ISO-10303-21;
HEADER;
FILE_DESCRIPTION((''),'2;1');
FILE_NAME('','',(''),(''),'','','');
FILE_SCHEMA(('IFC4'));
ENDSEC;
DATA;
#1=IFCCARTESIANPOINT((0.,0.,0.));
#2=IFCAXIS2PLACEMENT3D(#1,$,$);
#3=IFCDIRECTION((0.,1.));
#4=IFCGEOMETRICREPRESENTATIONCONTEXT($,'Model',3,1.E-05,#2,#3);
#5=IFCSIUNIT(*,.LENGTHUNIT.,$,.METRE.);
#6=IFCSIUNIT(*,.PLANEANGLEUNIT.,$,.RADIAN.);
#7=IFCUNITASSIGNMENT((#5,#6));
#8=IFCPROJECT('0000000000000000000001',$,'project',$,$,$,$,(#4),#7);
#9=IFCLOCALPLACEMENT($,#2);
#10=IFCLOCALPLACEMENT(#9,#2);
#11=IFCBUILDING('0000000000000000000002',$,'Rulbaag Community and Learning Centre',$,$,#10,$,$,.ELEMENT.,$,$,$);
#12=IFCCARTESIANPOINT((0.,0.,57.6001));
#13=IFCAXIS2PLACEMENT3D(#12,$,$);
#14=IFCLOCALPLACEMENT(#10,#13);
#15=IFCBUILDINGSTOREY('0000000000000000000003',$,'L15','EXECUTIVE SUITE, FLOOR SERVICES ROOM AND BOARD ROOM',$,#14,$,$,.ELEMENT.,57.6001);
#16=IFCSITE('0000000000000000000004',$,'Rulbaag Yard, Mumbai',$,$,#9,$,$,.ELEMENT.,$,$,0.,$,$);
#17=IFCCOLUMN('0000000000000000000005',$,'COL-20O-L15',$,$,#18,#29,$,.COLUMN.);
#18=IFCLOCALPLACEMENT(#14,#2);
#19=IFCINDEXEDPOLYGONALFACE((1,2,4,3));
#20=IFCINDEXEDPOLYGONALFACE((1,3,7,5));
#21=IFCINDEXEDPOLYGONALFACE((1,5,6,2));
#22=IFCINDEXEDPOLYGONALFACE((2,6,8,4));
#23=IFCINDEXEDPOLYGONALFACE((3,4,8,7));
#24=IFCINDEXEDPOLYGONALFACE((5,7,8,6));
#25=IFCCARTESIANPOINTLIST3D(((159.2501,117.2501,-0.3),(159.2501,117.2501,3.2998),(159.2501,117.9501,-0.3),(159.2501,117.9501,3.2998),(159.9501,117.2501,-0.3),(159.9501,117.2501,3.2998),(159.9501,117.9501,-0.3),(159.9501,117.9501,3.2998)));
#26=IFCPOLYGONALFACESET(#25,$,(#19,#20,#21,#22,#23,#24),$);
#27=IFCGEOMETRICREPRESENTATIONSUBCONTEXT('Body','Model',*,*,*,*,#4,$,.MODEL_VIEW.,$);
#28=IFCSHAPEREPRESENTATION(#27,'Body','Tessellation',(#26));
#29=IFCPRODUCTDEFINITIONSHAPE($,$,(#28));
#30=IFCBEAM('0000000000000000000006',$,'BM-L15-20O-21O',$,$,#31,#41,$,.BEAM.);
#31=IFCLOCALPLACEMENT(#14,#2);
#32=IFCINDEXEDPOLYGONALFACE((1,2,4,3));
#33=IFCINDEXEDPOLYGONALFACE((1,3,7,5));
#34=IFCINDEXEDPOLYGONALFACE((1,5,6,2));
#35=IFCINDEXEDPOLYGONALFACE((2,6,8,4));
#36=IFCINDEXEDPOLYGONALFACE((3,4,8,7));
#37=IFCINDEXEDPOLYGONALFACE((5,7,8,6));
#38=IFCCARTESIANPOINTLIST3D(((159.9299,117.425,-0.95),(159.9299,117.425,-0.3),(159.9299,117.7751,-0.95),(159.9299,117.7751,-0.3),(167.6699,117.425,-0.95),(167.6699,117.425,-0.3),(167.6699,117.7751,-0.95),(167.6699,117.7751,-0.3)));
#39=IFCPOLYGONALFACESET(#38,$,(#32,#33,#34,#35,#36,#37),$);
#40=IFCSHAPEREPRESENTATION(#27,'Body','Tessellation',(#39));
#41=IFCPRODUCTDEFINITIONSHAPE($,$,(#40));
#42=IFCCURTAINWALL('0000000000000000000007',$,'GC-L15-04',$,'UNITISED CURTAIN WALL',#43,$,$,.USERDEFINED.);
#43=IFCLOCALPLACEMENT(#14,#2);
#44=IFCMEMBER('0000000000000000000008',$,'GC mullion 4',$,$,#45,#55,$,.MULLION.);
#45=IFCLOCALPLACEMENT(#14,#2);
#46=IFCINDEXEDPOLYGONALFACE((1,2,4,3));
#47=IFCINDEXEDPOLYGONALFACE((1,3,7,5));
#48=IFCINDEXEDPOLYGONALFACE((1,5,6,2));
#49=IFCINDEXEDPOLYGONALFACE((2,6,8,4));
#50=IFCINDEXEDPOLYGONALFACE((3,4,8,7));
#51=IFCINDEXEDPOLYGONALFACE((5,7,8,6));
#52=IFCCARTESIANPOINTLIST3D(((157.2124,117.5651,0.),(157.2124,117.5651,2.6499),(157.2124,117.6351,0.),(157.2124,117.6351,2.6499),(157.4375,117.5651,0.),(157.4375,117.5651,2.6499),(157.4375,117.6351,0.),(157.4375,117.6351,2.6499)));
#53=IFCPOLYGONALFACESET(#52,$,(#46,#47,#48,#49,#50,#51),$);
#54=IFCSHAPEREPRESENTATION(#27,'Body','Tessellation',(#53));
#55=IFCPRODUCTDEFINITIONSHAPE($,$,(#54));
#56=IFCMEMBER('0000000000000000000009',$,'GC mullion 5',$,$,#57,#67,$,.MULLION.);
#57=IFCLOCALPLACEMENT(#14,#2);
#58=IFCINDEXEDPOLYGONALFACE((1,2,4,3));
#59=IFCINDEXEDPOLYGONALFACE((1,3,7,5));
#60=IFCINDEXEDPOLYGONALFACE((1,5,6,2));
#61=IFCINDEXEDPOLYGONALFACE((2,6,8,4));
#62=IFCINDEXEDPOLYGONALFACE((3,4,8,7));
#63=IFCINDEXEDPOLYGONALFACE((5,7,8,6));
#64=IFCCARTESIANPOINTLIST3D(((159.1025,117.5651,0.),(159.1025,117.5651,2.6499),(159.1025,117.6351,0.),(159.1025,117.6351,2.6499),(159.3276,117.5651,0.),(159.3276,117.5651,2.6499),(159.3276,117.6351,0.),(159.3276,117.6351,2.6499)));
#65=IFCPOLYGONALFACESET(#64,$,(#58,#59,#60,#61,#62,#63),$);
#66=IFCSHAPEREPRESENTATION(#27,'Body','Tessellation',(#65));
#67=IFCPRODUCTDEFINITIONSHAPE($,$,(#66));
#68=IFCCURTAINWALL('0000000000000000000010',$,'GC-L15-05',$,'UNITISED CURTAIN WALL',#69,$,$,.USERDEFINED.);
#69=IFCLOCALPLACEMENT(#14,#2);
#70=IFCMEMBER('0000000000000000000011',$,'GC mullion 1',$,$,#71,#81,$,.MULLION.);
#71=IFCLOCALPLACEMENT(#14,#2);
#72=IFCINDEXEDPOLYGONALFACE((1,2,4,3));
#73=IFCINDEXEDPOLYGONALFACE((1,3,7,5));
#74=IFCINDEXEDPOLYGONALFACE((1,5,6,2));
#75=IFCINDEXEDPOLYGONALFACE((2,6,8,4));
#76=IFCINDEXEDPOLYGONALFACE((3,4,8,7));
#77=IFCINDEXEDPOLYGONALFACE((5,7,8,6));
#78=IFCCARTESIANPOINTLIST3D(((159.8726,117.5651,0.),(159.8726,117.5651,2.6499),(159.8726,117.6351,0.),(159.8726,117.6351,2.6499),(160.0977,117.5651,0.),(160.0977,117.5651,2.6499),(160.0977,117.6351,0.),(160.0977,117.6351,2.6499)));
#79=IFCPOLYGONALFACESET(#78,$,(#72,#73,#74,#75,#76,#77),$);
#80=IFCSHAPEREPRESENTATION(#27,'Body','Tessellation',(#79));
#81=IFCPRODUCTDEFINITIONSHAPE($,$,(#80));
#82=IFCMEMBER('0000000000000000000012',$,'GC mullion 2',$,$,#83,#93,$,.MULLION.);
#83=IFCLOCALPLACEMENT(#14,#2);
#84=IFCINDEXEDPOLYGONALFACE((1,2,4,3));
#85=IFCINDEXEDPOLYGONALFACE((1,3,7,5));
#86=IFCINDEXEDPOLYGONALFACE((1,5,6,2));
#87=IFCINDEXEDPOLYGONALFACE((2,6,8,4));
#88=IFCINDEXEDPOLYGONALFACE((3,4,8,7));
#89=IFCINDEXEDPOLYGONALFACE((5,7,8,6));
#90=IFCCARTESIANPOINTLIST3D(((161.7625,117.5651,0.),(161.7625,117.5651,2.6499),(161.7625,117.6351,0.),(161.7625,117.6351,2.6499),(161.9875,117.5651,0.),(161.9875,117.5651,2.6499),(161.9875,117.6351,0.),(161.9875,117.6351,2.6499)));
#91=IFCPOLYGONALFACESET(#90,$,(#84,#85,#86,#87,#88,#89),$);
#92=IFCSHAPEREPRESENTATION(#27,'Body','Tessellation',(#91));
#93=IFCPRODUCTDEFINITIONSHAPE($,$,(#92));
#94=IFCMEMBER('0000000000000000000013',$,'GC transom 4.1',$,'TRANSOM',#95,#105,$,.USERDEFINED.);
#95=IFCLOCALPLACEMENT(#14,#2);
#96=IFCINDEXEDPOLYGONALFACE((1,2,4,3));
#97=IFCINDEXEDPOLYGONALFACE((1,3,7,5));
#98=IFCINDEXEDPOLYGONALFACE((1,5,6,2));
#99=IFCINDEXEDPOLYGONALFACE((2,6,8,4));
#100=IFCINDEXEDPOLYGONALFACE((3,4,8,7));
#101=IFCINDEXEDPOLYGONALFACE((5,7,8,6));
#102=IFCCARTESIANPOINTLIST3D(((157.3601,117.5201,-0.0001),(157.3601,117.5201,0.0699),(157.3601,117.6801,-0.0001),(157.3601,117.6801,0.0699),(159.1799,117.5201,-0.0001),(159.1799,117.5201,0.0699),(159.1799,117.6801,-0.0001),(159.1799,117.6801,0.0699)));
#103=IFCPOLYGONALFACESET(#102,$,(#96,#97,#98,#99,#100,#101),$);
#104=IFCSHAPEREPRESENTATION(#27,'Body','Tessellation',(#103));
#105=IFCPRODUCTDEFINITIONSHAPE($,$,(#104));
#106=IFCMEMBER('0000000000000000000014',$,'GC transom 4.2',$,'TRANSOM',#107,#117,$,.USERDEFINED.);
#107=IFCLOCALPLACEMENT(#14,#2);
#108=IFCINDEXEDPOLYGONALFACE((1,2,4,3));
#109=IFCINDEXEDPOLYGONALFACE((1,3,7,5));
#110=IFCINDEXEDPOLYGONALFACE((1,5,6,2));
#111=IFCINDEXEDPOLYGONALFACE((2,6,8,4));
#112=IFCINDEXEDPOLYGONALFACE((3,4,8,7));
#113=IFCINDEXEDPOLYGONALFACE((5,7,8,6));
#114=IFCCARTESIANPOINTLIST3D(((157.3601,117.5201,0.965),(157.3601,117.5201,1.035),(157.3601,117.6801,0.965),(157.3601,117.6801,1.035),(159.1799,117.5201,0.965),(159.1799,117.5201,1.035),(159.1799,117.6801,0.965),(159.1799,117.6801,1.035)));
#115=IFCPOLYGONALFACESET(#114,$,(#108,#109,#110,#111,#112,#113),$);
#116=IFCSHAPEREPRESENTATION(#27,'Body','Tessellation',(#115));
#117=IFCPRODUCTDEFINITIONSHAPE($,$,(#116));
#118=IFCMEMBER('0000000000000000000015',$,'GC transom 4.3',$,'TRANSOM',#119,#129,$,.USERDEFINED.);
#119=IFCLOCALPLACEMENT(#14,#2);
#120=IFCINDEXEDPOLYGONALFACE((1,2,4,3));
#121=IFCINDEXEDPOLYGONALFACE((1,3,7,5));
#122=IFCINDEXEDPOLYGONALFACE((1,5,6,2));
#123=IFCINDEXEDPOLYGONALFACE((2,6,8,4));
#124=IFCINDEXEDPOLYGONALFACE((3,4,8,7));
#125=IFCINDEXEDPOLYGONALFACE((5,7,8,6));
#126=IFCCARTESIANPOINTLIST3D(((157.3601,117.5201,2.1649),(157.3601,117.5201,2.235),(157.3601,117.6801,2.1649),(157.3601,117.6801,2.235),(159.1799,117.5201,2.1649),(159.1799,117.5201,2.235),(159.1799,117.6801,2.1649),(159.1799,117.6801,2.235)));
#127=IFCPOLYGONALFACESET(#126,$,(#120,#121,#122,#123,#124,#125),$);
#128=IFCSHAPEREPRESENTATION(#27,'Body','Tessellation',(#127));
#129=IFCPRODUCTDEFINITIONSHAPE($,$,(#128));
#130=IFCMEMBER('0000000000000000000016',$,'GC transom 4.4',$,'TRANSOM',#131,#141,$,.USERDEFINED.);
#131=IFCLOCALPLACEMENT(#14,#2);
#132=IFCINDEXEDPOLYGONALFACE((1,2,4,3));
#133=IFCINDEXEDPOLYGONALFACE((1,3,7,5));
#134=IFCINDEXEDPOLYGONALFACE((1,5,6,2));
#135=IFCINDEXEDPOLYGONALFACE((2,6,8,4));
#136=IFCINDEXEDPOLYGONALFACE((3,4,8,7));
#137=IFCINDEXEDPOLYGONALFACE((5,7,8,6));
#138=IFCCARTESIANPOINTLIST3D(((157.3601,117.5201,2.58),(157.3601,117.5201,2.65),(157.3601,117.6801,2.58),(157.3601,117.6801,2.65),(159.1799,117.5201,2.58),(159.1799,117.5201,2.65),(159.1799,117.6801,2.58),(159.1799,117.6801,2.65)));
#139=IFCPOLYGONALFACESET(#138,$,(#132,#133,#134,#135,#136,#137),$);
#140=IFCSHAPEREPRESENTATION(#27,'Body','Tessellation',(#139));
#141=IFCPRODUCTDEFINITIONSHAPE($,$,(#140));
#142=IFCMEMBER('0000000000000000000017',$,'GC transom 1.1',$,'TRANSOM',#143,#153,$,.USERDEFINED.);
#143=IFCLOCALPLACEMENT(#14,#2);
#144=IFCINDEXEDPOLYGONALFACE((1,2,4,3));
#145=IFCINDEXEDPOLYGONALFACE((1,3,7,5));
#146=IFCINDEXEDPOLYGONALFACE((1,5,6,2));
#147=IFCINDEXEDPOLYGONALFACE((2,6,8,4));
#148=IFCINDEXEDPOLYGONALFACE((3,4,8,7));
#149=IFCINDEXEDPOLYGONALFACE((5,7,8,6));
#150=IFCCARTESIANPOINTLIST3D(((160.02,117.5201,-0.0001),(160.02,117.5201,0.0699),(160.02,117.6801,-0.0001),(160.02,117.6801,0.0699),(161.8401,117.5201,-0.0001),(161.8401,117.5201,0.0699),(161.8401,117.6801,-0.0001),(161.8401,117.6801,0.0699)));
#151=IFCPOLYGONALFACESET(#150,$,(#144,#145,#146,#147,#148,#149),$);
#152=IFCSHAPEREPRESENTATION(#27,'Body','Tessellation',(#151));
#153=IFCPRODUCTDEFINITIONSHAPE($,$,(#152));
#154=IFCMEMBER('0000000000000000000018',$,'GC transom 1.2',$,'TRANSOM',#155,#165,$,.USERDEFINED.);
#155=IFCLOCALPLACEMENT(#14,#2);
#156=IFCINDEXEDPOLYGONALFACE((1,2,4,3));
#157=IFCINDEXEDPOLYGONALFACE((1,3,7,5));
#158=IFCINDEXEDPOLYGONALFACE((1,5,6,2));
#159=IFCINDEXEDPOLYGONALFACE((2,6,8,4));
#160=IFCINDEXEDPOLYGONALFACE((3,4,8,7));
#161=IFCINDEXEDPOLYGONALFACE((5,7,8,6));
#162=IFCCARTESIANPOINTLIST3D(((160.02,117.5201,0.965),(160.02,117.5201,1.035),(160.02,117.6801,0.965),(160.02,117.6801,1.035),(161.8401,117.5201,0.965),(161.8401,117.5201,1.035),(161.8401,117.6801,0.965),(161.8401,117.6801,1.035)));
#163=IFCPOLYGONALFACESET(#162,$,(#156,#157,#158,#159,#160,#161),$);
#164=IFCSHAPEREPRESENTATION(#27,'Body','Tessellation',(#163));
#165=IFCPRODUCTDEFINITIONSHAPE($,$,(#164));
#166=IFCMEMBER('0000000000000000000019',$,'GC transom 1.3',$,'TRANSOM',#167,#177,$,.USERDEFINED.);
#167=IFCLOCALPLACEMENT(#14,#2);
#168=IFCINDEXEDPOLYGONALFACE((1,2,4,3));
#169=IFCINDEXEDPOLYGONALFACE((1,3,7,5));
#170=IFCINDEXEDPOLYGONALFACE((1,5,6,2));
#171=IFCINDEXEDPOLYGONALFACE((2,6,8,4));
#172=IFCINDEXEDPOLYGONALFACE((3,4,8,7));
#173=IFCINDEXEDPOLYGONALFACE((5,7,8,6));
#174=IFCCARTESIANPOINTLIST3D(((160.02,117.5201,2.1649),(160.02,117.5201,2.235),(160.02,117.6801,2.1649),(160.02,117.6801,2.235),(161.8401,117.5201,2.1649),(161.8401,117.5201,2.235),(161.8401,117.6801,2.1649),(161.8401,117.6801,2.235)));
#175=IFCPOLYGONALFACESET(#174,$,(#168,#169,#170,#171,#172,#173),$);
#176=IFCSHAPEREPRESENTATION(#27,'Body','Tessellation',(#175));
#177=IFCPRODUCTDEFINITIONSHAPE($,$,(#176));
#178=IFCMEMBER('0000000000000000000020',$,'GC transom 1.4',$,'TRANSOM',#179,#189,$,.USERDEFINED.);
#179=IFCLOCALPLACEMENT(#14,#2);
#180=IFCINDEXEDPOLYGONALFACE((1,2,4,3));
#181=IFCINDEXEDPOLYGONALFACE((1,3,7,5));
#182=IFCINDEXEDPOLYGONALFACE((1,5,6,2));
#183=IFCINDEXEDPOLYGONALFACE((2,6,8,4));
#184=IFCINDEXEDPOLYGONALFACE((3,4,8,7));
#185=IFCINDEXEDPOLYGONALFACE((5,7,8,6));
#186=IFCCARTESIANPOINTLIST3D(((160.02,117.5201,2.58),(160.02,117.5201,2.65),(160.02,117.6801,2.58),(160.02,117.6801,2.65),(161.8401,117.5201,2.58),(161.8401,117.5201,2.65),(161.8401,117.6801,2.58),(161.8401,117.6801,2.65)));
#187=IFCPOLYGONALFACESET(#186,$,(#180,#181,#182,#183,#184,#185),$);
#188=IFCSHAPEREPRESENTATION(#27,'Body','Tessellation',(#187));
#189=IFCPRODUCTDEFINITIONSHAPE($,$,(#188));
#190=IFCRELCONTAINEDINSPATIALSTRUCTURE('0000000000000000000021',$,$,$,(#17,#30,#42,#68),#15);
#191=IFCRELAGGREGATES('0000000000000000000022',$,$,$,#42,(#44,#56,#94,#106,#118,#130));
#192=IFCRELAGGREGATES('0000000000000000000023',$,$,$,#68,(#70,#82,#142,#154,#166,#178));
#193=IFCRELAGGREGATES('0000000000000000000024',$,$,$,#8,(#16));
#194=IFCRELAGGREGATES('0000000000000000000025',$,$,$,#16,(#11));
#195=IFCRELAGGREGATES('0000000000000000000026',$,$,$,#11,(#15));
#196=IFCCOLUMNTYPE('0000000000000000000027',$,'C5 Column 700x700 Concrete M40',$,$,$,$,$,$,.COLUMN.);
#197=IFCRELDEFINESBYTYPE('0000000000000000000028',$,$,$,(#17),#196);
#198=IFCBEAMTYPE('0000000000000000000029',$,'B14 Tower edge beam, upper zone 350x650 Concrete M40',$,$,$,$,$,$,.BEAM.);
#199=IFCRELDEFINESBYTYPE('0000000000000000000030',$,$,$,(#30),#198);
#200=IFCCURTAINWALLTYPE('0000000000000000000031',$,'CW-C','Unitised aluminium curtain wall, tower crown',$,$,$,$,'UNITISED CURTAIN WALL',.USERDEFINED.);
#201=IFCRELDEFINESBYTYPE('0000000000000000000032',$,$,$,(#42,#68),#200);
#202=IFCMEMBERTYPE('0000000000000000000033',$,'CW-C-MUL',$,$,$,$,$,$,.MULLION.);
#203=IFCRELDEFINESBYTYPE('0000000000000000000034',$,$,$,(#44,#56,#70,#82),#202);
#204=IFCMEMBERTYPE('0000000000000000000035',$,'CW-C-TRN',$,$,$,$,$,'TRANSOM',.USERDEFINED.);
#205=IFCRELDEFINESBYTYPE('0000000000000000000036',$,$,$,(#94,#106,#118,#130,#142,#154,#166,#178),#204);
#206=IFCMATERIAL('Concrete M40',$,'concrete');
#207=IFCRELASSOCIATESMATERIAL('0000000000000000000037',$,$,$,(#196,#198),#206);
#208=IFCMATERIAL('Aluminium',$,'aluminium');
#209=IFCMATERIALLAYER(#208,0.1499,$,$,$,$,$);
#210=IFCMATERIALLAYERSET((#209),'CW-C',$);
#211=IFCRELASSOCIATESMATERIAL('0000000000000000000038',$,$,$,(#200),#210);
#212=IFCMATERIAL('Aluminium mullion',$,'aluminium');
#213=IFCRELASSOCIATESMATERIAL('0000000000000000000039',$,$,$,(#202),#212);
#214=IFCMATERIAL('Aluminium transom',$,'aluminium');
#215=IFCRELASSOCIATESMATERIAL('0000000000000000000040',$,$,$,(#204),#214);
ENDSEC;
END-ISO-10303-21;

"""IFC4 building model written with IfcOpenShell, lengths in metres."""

from ifc_helpers import new_model, si_unit, direction, frame, origin, origin_2d, place, context, subcontext, project, spatial, rectangle, extrude, material, layer, layer_set, material_profile, profile_set, type_object, element, aggregate, save


model = new_model("IFC4")

# Units and contexts
model_context = context("Model", 3, precision=1e-05, world=origin(), true_north=direction((0.0, 1.0)))
body_context = subcontext(model_context, "Body", "Model", "MODEL_VIEW")
ifc_project = project(units=[si_unit("LENGTHUNIT", "METRE"), si_unit("PLANEANGLEUNIT", "RADIAN")], contexts=[model_context])

# Site, building, storey
site_placement = place(None, origin())
site = spatial("IfcSite", under=ifc_project, at=site_placement, Name="Rulbaag Yard, Mumbai", CompositionType="ELEMENT", RefElevation=0.0)
building_placement = place(site_placement, origin())
building = spatial("IfcBuilding", under=site, at=building_placement, Name="Rulbaag Community and Learning Centre", CompositionType="ELEMENT")
storey_placement = place(building_placement, frame((0.0, 0.0, 57.6001)))
storey = spatial("IfcBuildingStorey", under=building, at=storey_placement, Name="L15", Description="EXECUTIVE SUITE, FLOOR SERVICES ROOM AND BOARD ROOM", CompositionType="ELEMENT", Elevation=57.6001)

# Column
ifc_material_1 = material(Name="Concrete M40", Category="concrete")
ifc_material_profile_1 = material_profile(ifc_material_1, rectangle(XDim=0.7, YDim=0.7, at=origin_2d()), Name="RC700x700")
ifc_profile_set_1 = profile_set([ifc_material_profile_1], Name="Concrete M40")
column_type = type_object("IfcColumnType", Name="C5 Column 700x700 Concrete M40", PredefinedType="COLUMN", material=ifc_profile_set_1)
column_placement = place(storey_placement, frame((159.6001, 117.6001, -0.3), z_axis=(0.0, 0.0, 1.0), x_axis=(1.0, 0.0, 0.0)))
element("IfcColumn", 1, at=column_placement, inside=storey, type_object=column_type, Name="COL-20O-L15", PredefinedType="COLUMN", context=body_context, shape_type="SweptSolid", body=[
    extrude(rectangle(XDim=0.7, YDim=0.7, at=origin_2d()), origin(), (0.0, 0.0, 1.0), 3.5999),
])

# Beam
ifc_material_profile_2 = material_profile(ifc_material_1, rectangle(XDim=0.3501, YDim=0.6499, at=origin_2d()), Name="RB350x650")
ifc_profile_set_2 = profile_set([ifc_material_profile_2], Name="Concrete M40")
beam_type = type_object("IfcBeamType", Name="B14 Tower edge beam, upper zone 350x650 Concrete M40", PredefinedType="BEAM", material=ifc_profile_set_2)
beam_placement = place(storey_placement, frame((159.9299, 117.6001, -0.625), z_axis=(1.0, 0.0, 0.0), x_axis=(0.0, 1.0, 0.0)))
element("IfcBeam", 2, at=beam_placement, inside=storey, type_object=beam_type, Name="BM-L15-20O-21O", PredefinedType="BEAM", context=body_context, shape_type="SweptSolid", body=[
    extrude(rectangle(XDim=0.3501, YDim=0.6499, at=origin_2d()), origin(), (0.0, 0.0, 1.0), 7.74),
])

# Curtain walls, members
ifc_material_2 = material(Name="Aluminium", Category="aluminium")
ifc_layer_1 = layer(ifc_material_2, 0.1499)
ifc_layer_set_1 = layer_set([ifc_layer_1], Name="CW-C")
curtain_wall_type = type_object("IfcCurtainWallType", Name="CW-C", Description="Unitised aluminium curtain wall, tower crown", ElementType="UNITISED CURTAIN WALL", PredefinedType="USERDEFINED", material=ifc_layer_set_1)
curtain_wall_1_placement = place(storey_placement, origin())
curtain_wall_1 = element("IfcCurtainWall", 3, at=curtain_wall_1_placement, inside=storey, type_object=curtain_wall_type, Name="GC-L15-04", ObjectType="UNITISED CURTAIN WALL", PredefinedType="USERDEFINED")
ifc_material_3 = material(Name="Aluminium mullion", Category="aluminium")
ifc_material_profile_3 = material_profile(ifc_material_3, rectangle(XDim=0.0701, YDim=0.2251, at=origin_2d()), Name="AL 70x225")
ifc_profile_set_3 = profile_set([ifc_material_profile_3], Name="Aluminium mullion")
member_type_1 = type_object("IfcMemberType", Name="CW-C-MUL", PredefinedType="MULLION", material=ifc_profile_set_3)
member_1_placement = place(storey_placement, frame((157.325, 117.6001, 0.0), z_axis=(0.0, 0.0, 1.0), x_axis=(0.0, 1.0, 0.0)))
member_1 = element("IfcMember", 4, at=member_1_placement, type_object=member_type_1, Name="GC mullion 4", PredefinedType="MULLION", context=body_context, shape_type="SweptSolid", body=[
    extrude(rectangle(XDim=0.0701, YDim=0.2251, at=origin_2d()), origin(), (0.0, 0.0, 1.0), 2.6499),
])
member_2_placement = place(storey_placement, frame((159.2151, 117.6001, 0.0), z_axis=(0.0, 0.0, 1.0), x_axis=(0.0, 1.0, 0.0)))
member_2 = element("IfcMember", 5, at=member_2_placement, type_object=member_type_1, Name="GC mullion 5", PredefinedType="MULLION", context=body_context, shape_type="SweptSolid", body=[
    extrude(rectangle(XDim=0.0701, YDim=0.2251, at=origin_2d()), origin(), (0.0, 0.0, 1.0), 2.6499),
])
curtain_wall_2_placement = place(storey_placement, origin())
curtain_wall_2 = element("IfcCurtainWall", 6, at=curtain_wall_2_placement, inside=storey, type_object=curtain_wall_type, Name="GC-L15-05", ObjectType="UNITISED CURTAIN WALL", PredefinedType="USERDEFINED")
member_3_placement = place(storey_placement, frame((159.9851, 117.6001, 0.0), z_axis=(0.0, 0.0, 1.0), x_axis=(0.0, 1.0, 0.0)))
member_3 = element("IfcMember", 7, at=member_3_placement, type_object=member_type_1, Name="GC mullion 1", PredefinedType="MULLION", context=body_context, shape_type="SweptSolid", body=[
    extrude(rectangle(XDim=0.0701, YDim=0.2251, at=origin_2d()), origin(), (0.0, 0.0, 1.0), 2.6499),
])
member_4_placement = place(storey_placement, frame((161.875, 117.6001, 0.0), z_axis=(0.0, 0.0, 1.0), x_axis=(0.0, 1.0, 0.0)))
member_4 = element("IfcMember", 8, at=member_4_placement, type_object=member_type_1, Name="GC mullion 2", PredefinedType="MULLION", context=body_context, shape_type="SweptSolid", body=[
    extrude(rectangle(XDim=0.0701, YDim=0.2251, at=origin_2d()), origin(), (0.0, 0.0, 1.0), 2.6499),
])

# Members
ifc_material_4 = material(Name="Aluminium transom", Category="aluminium")
ifc_material_profile_4 = material_profile(ifc_material_4, rectangle(XDim=0.1599, YDim=0.0701, at=origin_2d()), Name="AL 70x160 T")
ifc_profile_set_4 = profile_set([ifc_material_profile_4], Name="Aluminium transom")
member_type_2 = type_object("IfcMemberType", Name="CW-C-TRN", ElementType="TRANSOM", PredefinedType="USERDEFINED", material=ifc_profile_set_4)
member_5_placement = place(storey_placement, frame((157.3601, 117.6001, 0.0349), z_axis=(1.0, 0.0, 0.0), x_axis=(0.0, 1.0, 0.0)))
member_5 = element("IfcMember", 9, at=member_5_placement, type_object=member_type_2, Name="GC transom 4.1", ObjectType="TRANSOM", PredefinedType="USERDEFINED", context=body_context, shape_type="SweptSolid", body=[
    extrude(rectangle(XDim=0.1599, YDim=0.0701, at=origin_2d()), origin(), (0.0, 0.0, 1.0), 1.8198),
])
member_6_placement = place(storey_placement, frame((157.3601, 117.6001, 1.0), z_axis=(1.0, 0.0, 0.0), x_axis=(0.0, 1.0, 0.0)))
member_6 = element("IfcMember", 10, at=member_6_placement, type_object=member_type_2, Name="GC transom 4.2", ObjectType="TRANSOM", PredefinedType="USERDEFINED", context=body_context, shape_type="SweptSolid", body=[
    extrude(rectangle(XDim=0.1599, YDim=0.0701, at=origin_2d()), origin(), (0.0, 0.0, 1.0), 1.8198),
])
member_7_placement = place(storey_placement, frame((157.3601, 117.6001, 2.2), z_axis=(1.0, 0.0, 0.0), x_axis=(0.0, 1.0, 0.0)))
member_7 = element("IfcMember", 11, at=member_7_placement, type_object=member_type_2, Name="GC transom 4.3", ObjectType="TRANSOM", PredefinedType="USERDEFINED", context=body_context, shape_type="SweptSolid", body=[
    extrude(rectangle(XDim=0.1599, YDim=0.0701, at=origin_2d()), origin(), (0.0, 0.0, 1.0), 1.8198),
])
member_8_placement = place(storey_placement, frame((157.3601, 117.6001, 2.615), z_axis=(1.0, 0.0, 0.0), x_axis=(0.0, 1.0, 0.0)))
member_8 = element("IfcMember", 12, at=member_8_placement, type_object=member_type_2, Name="GC transom 4.4", ObjectType="TRANSOM", PredefinedType="USERDEFINED", context=body_context, shape_type="SweptSolid", body=[
    extrude(rectangle(XDim=0.1599, YDim=0.0701, at=origin_2d()), origin(), (0.0, 0.0, 1.0), 1.8198),
])
member_9_placement = place(storey_placement, frame((160.02, 117.6001, 0.0349), z_axis=(1.0, 0.0, 0.0), x_axis=(0.0, 1.0, 0.0)))
member_9 = element("IfcMember", 13, at=member_9_placement, type_object=member_type_2, Name="GC transom 1.1", ObjectType="TRANSOM", PredefinedType="USERDEFINED", context=body_context, shape_type="SweptSolid", body=[
    extrude(rectangle(XDim=0.1599, YDim=0.0701, at=origin_2d()), origin(), (0.0, 0.0, 1.0), 1.8201),
])
member_10_placement = place(storey_placement, frame((160.02, 117.6001, 1.0), z_axis=(1.0, 0.0, 0.0), x_axis=(0.0, 1.0, 0.0)))
member_10 = element("IfcMember", 14, at=member_10_placement, type_object=member_type_2, Name="GC transom 1.2", ObjectType="TRANSOM", PredefinedType="USERDEFINED", context=body_context, shape_type="SweptSolid", body=[
    extrude(rectangle(XDim=0.1599, YDim=0.0701, at=origin_2d()), origin(), (0.0, 0.0, 1.0), 1.8201),
])
member_11_placement = place(storey_placement, frame((160.02, 117.6001, 2.2), z_axis=(1.0, 0.0, 0.0), x_axis=(0.0, 1.0, 0.0)))
member_11 = element("IfcMember", 15, at=member_11_placement, type_object=member_type_2, Name="GC transom 1.3", ObjectType="TRANSOM", PredefinedType="USERDEFINED", context=body_context, shape_type="SweptSolid", body=[
    extrude(rectangle(XDim=0.1599, YDim=0.0701, at=origin_2d()), origin(), (0.0, 0.0, 1.0), 1.8201),
])
member_12_placement = place(storey_placement, frame((160.02, 117.6001, 2.615), z_axis=(1.0, 0.0, 0.0), x_axis=(0.0, 1.0, 0.0)))
member_12 = element("IfcMember", 16, at=member_12_placement, type_object=member_type_2, Name="GC transom 1.4", ObjectType="TRANSOM", PredefinedType="USERDEFINED", context=body_context, shape_type="SweptSolid", body=[
    extrude(rectangle(XDim=0.1599, YDim=0.0701, at=origin_2d()), origin(), (0.0, 0.0, 1.0), 1.8201),
])

aggregate(curtain_wall_1, [member_1, member_2, member_5, member_6, member_7, member_8])
aggregate(curtain_wall_2, [member_3, member_4, member_9, member_10, member_11, member_12])

save(model, "model.ifc")
